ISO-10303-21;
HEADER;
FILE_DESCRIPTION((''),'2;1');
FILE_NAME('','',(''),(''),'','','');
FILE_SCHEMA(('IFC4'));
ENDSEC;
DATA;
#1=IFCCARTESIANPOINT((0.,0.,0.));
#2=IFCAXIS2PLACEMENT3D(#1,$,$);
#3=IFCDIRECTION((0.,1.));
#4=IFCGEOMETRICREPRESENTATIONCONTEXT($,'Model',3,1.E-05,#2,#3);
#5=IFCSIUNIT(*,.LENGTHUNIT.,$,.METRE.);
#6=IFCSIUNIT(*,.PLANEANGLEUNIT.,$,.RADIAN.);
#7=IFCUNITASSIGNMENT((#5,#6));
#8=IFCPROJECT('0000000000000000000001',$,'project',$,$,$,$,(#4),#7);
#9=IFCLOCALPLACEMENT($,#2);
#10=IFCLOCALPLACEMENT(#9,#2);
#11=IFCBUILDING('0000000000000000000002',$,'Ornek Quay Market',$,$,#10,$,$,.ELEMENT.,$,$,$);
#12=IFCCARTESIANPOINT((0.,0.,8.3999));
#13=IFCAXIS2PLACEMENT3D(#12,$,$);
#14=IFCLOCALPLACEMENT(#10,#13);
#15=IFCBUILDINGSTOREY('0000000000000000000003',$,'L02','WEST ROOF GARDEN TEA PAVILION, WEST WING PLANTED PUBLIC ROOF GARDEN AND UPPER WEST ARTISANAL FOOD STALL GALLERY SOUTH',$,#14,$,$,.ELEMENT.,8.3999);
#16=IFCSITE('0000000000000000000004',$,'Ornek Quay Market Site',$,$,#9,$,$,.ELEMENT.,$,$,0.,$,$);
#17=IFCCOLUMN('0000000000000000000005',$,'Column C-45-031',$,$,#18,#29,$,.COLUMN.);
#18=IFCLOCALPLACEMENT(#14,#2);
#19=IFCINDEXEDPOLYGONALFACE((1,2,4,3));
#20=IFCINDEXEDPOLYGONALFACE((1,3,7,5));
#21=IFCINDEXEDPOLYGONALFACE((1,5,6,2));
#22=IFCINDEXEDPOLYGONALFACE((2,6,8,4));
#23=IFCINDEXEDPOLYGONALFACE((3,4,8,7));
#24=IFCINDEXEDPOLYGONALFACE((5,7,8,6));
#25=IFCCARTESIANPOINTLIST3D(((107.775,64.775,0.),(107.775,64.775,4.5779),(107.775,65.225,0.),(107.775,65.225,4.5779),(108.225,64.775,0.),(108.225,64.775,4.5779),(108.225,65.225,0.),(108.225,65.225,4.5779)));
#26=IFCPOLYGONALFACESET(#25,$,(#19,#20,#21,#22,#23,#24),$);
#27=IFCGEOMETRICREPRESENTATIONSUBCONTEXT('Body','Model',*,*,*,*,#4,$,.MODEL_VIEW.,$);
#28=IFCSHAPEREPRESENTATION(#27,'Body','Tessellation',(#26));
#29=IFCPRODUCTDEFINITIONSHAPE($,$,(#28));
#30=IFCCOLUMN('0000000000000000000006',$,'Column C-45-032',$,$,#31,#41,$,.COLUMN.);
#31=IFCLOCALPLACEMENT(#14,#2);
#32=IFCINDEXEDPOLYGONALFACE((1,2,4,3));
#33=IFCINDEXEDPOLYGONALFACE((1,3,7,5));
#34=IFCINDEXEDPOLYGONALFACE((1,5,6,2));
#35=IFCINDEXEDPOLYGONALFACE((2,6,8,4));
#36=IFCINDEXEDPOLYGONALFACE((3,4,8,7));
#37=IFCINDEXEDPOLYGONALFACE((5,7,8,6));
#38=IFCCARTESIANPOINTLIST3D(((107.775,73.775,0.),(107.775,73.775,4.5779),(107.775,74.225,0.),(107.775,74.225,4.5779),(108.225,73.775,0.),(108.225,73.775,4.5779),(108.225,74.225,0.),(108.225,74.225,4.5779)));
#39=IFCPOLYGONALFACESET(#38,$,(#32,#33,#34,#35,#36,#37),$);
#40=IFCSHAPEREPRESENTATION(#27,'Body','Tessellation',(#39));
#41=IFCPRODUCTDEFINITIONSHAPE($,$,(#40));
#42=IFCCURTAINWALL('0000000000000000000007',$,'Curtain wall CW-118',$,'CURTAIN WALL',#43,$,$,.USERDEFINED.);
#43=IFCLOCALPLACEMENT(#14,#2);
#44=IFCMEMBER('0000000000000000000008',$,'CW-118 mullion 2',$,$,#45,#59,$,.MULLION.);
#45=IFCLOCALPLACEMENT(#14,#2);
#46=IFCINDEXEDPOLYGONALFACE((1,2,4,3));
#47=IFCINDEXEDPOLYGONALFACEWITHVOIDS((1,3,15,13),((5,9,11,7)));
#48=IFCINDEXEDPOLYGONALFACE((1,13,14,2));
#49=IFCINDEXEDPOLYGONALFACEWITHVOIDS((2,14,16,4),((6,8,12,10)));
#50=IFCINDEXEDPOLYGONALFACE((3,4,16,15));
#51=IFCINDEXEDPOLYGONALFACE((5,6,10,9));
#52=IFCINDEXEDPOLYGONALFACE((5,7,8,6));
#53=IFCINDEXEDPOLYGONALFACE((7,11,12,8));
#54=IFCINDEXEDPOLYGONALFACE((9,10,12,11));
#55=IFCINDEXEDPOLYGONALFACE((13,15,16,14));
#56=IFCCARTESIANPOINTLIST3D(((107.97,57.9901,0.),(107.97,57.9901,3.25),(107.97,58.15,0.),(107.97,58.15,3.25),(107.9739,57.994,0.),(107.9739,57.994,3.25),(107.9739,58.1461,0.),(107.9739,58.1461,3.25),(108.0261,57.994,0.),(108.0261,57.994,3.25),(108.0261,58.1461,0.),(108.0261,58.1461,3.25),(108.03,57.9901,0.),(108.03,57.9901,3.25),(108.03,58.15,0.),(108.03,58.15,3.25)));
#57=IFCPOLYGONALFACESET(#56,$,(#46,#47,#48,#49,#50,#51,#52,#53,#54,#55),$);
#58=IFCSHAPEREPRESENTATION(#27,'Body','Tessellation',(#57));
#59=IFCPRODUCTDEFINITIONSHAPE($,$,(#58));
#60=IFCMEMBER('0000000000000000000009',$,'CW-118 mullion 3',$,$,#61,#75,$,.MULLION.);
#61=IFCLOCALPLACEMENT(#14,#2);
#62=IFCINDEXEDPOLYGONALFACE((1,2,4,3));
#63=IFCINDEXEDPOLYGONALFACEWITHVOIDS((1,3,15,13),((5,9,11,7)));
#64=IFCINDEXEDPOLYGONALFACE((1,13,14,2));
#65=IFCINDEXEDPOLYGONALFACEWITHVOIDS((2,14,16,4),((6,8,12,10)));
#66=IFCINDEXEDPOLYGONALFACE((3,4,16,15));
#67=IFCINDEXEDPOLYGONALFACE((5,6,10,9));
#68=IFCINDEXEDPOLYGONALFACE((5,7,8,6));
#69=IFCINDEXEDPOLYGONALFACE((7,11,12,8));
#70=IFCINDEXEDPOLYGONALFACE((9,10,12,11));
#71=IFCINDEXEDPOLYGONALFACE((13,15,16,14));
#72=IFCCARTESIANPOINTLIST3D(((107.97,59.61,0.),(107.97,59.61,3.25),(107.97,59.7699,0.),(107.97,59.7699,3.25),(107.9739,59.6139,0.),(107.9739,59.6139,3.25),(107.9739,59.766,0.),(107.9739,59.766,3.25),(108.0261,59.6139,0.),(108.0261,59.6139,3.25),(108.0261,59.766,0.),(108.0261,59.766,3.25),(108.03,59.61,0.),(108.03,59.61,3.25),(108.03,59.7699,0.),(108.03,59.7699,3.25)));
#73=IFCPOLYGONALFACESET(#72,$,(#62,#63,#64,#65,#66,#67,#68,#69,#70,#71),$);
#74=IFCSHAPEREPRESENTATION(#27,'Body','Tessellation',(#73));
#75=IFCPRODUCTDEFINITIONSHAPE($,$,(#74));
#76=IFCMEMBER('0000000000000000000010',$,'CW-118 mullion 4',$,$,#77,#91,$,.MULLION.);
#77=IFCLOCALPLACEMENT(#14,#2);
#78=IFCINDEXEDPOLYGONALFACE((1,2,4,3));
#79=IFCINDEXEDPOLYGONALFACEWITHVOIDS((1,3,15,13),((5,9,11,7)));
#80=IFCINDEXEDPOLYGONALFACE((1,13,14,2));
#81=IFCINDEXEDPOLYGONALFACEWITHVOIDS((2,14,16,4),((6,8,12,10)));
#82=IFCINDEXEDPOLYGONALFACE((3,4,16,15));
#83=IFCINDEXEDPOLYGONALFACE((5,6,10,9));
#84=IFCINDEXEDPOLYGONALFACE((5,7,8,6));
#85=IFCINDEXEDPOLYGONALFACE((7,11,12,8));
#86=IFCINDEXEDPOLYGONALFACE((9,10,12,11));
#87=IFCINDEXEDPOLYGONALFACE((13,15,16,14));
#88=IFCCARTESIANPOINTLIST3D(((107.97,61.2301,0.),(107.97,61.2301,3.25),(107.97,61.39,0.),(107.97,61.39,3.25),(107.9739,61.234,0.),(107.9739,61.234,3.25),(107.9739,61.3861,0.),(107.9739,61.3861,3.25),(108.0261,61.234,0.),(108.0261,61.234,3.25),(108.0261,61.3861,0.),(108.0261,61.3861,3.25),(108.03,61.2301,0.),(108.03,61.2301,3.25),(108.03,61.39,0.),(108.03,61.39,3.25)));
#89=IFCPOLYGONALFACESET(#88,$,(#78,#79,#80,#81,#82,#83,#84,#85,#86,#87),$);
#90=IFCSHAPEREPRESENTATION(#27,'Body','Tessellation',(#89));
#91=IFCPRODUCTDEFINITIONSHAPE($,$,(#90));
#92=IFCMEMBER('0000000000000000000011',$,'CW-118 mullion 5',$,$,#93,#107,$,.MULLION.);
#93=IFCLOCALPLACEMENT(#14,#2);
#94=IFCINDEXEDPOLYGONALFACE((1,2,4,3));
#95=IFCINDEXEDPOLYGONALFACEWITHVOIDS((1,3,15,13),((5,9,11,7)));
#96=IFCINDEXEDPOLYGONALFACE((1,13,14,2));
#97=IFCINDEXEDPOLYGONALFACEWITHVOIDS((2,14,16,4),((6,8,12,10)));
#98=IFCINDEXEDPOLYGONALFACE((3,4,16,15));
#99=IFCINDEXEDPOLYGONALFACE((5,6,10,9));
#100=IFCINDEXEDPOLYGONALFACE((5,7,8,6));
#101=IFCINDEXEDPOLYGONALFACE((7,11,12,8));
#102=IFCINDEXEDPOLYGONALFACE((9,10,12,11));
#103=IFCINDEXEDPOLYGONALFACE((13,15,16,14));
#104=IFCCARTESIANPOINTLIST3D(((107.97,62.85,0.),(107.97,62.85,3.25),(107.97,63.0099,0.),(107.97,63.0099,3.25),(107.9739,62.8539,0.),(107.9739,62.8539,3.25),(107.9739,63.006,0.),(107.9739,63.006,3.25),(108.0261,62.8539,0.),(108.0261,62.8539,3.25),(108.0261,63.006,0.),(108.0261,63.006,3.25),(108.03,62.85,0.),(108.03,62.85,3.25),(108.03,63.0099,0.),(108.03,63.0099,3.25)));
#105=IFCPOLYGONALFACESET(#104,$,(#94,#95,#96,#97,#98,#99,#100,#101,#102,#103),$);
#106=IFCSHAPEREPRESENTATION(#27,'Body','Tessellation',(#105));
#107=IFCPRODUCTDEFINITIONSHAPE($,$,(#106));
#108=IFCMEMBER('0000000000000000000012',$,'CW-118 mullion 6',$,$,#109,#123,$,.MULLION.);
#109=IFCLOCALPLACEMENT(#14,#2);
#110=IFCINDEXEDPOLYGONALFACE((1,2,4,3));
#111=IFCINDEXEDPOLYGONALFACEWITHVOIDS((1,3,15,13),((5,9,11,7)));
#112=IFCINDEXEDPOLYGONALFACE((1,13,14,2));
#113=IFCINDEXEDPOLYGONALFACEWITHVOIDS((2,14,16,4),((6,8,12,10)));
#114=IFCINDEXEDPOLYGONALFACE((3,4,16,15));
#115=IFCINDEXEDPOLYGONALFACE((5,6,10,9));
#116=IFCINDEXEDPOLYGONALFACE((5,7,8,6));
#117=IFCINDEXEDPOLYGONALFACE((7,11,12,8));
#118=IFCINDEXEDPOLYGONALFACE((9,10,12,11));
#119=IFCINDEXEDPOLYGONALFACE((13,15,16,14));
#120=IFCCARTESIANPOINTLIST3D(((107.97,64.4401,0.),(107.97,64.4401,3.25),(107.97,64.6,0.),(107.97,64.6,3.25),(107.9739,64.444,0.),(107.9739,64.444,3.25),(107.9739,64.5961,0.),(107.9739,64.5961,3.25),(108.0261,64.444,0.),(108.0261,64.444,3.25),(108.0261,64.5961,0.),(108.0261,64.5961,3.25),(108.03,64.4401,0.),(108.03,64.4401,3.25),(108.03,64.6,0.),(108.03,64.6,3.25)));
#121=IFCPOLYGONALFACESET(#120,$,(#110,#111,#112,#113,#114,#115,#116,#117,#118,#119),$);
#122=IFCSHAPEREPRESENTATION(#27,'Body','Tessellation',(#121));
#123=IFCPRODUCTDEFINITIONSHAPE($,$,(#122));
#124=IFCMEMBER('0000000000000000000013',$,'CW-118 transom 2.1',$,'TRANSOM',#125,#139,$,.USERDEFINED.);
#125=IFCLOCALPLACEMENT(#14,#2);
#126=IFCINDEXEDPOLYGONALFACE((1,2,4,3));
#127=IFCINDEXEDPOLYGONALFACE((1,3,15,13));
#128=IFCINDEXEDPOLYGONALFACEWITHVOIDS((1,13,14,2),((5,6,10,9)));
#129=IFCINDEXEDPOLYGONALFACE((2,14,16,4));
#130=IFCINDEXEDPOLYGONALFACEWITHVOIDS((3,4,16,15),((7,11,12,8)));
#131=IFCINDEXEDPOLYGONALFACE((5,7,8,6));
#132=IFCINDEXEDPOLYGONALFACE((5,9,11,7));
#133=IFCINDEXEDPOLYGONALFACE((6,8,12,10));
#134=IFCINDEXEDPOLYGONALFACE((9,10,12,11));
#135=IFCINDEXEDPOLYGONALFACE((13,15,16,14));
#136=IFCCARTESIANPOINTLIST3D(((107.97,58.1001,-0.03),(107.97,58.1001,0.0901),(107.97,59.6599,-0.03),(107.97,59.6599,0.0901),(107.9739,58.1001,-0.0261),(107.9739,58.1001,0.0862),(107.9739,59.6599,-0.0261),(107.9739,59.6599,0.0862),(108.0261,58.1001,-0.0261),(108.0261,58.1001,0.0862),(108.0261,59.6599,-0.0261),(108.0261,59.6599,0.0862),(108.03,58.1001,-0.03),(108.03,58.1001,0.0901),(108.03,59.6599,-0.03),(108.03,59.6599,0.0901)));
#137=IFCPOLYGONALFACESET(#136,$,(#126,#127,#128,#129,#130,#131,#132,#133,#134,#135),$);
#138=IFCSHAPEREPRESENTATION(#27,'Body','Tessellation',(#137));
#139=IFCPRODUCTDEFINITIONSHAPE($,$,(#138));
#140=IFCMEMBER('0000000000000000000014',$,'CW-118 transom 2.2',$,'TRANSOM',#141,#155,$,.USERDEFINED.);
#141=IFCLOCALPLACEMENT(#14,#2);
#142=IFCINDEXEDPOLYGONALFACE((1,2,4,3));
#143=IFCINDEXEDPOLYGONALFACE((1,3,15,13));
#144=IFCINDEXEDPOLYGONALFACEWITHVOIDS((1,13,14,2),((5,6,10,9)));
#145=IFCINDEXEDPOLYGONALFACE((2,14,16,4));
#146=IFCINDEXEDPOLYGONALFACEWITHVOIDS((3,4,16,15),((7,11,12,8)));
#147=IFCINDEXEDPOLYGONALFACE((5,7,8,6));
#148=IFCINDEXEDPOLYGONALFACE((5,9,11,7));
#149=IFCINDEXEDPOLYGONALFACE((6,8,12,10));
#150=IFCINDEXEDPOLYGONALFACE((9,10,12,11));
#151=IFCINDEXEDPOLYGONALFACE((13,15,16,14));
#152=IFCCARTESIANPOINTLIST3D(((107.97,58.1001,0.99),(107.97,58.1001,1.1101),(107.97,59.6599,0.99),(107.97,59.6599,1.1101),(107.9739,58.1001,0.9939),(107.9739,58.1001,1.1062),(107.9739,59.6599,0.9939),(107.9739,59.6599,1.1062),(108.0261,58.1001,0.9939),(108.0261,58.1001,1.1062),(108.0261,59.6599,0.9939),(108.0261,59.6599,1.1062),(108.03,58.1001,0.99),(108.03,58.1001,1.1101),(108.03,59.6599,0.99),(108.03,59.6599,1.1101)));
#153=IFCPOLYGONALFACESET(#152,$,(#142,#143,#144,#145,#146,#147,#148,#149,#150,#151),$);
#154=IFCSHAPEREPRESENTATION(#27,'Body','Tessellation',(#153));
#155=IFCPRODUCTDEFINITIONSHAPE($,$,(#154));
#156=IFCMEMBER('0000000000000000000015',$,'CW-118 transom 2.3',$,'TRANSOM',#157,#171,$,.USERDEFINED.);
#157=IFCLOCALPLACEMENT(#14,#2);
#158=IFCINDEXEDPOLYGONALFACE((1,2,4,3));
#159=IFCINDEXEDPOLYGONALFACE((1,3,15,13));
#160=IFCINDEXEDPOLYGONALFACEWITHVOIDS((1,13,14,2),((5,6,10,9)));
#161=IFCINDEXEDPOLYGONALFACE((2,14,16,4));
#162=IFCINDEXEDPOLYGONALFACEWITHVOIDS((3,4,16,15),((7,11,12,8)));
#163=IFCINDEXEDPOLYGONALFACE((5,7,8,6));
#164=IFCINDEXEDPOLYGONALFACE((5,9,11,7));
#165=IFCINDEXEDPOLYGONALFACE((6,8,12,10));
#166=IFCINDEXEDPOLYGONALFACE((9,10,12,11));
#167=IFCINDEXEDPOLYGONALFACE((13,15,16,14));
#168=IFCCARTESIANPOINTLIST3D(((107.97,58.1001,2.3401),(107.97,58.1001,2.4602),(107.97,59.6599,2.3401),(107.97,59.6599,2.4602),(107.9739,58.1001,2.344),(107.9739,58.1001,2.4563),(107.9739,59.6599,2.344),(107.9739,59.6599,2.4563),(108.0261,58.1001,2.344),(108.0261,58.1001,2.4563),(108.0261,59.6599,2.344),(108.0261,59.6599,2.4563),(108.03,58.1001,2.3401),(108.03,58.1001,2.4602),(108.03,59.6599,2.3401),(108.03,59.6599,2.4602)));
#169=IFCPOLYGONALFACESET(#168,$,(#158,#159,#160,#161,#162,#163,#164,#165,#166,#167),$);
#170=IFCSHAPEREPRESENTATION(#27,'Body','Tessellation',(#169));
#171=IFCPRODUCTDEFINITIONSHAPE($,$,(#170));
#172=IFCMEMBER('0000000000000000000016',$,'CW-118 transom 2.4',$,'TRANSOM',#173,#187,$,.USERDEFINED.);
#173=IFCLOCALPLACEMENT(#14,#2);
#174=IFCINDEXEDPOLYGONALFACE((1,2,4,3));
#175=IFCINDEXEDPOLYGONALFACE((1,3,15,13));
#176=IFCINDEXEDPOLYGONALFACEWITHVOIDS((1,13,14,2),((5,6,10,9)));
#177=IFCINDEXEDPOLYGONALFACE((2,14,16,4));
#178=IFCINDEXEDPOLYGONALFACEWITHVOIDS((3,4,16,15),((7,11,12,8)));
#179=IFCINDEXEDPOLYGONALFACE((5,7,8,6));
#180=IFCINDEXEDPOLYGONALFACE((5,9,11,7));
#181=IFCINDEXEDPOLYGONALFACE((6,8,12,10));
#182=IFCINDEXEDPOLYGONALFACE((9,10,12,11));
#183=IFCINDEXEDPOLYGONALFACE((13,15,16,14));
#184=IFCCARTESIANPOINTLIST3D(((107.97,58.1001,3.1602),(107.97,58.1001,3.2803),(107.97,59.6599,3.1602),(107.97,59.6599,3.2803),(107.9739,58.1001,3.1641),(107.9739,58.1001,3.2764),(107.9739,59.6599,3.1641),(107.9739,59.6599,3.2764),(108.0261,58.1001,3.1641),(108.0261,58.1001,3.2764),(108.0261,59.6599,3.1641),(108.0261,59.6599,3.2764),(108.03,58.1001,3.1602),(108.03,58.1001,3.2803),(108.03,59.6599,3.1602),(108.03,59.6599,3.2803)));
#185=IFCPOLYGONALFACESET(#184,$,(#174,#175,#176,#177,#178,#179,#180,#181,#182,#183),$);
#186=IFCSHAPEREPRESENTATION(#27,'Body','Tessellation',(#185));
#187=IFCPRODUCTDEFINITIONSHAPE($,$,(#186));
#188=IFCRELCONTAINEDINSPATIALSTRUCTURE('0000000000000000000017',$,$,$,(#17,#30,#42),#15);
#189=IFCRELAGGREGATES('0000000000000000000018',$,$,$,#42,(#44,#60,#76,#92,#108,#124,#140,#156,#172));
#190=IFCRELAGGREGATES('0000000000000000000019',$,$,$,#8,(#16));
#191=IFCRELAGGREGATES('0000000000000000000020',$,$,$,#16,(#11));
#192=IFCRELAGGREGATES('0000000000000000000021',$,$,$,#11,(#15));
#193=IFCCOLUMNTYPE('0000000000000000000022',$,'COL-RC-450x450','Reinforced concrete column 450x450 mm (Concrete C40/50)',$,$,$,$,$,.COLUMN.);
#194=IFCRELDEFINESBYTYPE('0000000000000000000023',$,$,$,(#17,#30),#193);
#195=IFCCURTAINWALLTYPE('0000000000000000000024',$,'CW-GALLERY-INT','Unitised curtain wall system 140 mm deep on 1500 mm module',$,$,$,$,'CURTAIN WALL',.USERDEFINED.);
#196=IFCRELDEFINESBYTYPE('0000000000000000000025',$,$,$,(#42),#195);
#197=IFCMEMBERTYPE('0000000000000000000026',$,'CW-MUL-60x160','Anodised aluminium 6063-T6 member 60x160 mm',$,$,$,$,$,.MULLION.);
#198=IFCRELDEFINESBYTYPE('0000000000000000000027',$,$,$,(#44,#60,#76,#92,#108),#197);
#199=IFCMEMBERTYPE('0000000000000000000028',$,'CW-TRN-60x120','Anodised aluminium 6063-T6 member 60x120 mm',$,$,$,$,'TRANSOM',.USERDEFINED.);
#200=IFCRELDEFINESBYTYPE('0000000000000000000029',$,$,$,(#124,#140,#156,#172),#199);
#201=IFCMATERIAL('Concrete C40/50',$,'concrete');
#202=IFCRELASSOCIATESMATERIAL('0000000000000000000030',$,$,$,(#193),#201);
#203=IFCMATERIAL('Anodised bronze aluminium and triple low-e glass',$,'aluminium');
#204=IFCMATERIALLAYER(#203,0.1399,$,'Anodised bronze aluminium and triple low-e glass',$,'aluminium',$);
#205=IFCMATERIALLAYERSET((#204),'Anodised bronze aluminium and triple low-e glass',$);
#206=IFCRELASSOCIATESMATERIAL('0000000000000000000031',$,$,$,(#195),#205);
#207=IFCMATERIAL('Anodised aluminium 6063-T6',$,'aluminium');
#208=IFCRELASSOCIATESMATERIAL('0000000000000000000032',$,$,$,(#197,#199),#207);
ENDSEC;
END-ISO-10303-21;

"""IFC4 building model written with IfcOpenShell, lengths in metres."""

from ifc_helpers import new_model, si_unit, direction, frame, origin, origin_2d, place, context, subcontext, project, spatial, rectangle, hollow_rectangle, extrude, material, layer, layer_set, material_profile, profile_set, type_object, element, aggregate, save


model = new_model("IFC4")

# Units and contexts
model_context = context("Model", 3, precision=1e-05, world=origin(), true_north=direction((0.0, 1.0)))
body_context = subcontext(model_context, "Body", "Model", "MODEL_VIEW")
ifc_project = project(units=[si_unit("LENGTHUNIT", "METRE"), si_unit("PLANEANGLEUNIT", "RADIAN")], contexts=[model_context])

# Site, building, storey
site_placement = place(None, origin())
site = spatial("IfcSite", under=ifc_project, at=site_placement, Name="Ornek Quay Market Site", CompositionType="ELEMENT", RefElevation=0.0)
building_placement = place(site_placement, origin())
building = spatial("IfcBuilding", under=site, at=building_placement, Name="Ornek Quay Market", CompositionType="ELEMENT")
storey_placement = place(building_placement, frame((0.0, 0.0, 8.3999)))
storey = spatial("IfcBuildingStorey", under=building, at=storey_placement, Name="L02", Description="WEST ROOF GARDEN TEA PAVILION, WEST WING PLANTED PUBLIC ROOF GARDEN AND UPPER WEST ARTISANAL FOOD STALL GALLERY SOUTH", CompositionType="ELEMENT", Elevation=8.3999)

# Columns
ifc_material_1 = material(Name="Concrete C40/50", Category="concrete")
ifc_material_profile_1 = material_profile(ifc_material_1, rectangle(XDim=0.45, YDim=0.45, at=origin_2d()), Name="RC 450x450", Category="concrete")
ifc_profile_set_1 = profile_set([ifc_material_profile_1], Name="Concrete C40/50")
column_type = type_object("IfcColumnType", Name="COL-RC-450x450", Description="Reinforced concrete column 450x450 mm (Concrete C40/50)", PredefinedType="COLUMN", material=ifc_profile_set_1)
for number, where, z_axis, x_axis, name in (
    (1, (108.0, 65.0, 0.0), (0.0, 0.0, 1.0), (1.0, 0.0, 0.0), "Column C-45-031"),
    (2, (108.0, 74.0, 0.0), (0.0, 0.0, 1.0), (1.0, 0.0, 0.0), "Column C-45-032"),
):
    element("IfcColumn", number, at=place(storey_placement, frame(where, z_axis=z_axis, x_axis=x_axis)), inside=storey, type_object=column_type, Name=name, PredefinedType="COLUMN", context=body_context, shape_type="SweptSolid", body=[
        extrude(rectangle(XDim=0.45, YDim=0.45, at=origin_2d()), origin(), (0.0, 0.0, 1.0), 4.5779),
    ])

# Curtain wall, members
ifc_material_2 = material(Name="Anodised bronze aluminium and triple low-e glass", Category="aluminium")
ifc_layer_1 = layer(ifc_material_2, 0.1399, Name="Anodised bronze aluminium and triple low-e glass", Category="aluminium")
ifc_layer_set_1 = layer_set([ifc_layer_1], Name="Anodised bronze aluminium and triple low-e glass")
curtain_wall_type = type_object("IfcCurtainWallType", Name="CW-GALLERY-INT", Description="Unitised curtain wall system 140 mm deep on 1500 mm module", ElementType="CURTAIN WALL", PredefinedType="USERDEFINED", material=ifc_layer_set_1)
curtain_wall_placement = place(storey_placement, origin())
curtain_wall = element("IfcCurtainWall", 3, at=curtain_wall_placement, inside=storey, type_object=curtain_wall_type, Name="Curtain wall CW-118", ObjectType="CURTAIN WALL", PredefinedType="USERDEFINED")
ifc_material_3 = material(Name="Anodised aluminium 6063-T6", Category="aluminium")
ifc_material_profile_2 = material_profile(ifc_material_3, hollow_rectangle(XDim=0.0601, YDim=0.1599, WallThickness=0.0039, at=origin_2d()), Name="CW-MUL-60x160", Category="aluminium")
ifc_profile_set_2 = profile_set([ifc_material_profile_2], Name="Anodised aluminium 6063-T6")
member_type_1 = type_object("IfcMemberType", Name="CW-MUL-60x160", Description="Anodised aluminium 6063-T6 member 60x160 mm", PredefinedType="MULLION", material=ifc_profile_set_2)
member_1_placement = place(storey_placement, frame((108.0, 58.0701, 0.0), z_axis=(0.0, 0.0, 1.0), x_axis=(-1.0, 0.0, 0.0)))
member_1 = element("IfcMember", 4, at=member_1_placement, type_object=member_type_1, Name="CW-118 mullion 2", PredefinedType="MULLION", context=body_context, shape_type="SweptSolid", body=[
    extrude(hollow_rectangle(XDim=0.0601, YDim=0.1599, WallThickness=0.0039, at=origin_2d()), origin(), (0.0, 0.0, 1.0), 3.25),
])
member_2_placement = place(storey_placement, frame((108.0, 59.6899, 0.0), z_axis=(0.0, 0.0, 1.0), x_axis=(-1.0, 0.0, 0.0)))
member_2 = element("IfcMember", 5, at=member_2_placement, type_object=member_type_1, Name="CW-118 mullion 3", PredefinedType="MULLION", context=body_context, shape_type="SweptSolid", body=[
    extrude(hollow_rectangle(XDim=0.0601, YDim=0.1599, WallThickness=0.0039, at=origin_2d()), origin(), (0.0, 0.0, 1.0), 3.25),
])
member_3_placement = place(storey_placement, frame((108.0, 61.3101, 0.0), z_axis=(0.0, 0.0, 1.0), x_axis=(-1.0, 0.0, 0.0)))
member_3 = element("IfcMember", 6, at=member_3_placement, type_object=member_type_1, Name="CW-118 mullion 4", PredefinedType="MULLION", context=body_context, shape_type="SweptSolid", body=[
    extrude(hollow_rectangle(XDim=0.0601, YDim=0.1599, WallThickness=0.0039, at=origin_2d()), origin(), (0.0, 0.0, 1.0), 3.25),
])
member_4_placement = place(storey_placement, frame((108.0, 62.9299, 0.0), z_axis=(0.0, 0.0, 1.0), x_axis=(-1.0, 0.0, 0.0)))
member_4 = element("IfcMember", 7, at=member_4_placement, type_object=member_type_1, Name="CW-118 mullion 5", PredefinedType="MULLION", context=body_context, shape_type="SweptSolid", body=[
    extrude(hollow_rectangle(XDim=0.0601, YDim=0.1599, WallThickness=0.0039, at=origin_2d()), origin(), (0.0, 0.0, 1.0), 3.25),
])
member_5_placement = place(storey_placement, frame((108.0, 64.52, 0.0), z_axis=(0.0, 0.0, 1.0), x_axis=(-1.0, 0.0, 0.0)))
member_5 = element("IfcMember", 8, at=member_5_placement, type_object=member_type_1, Name="CW-118 mullion 6", PredefinedType="MULLION", context=body_context, shape_type="SweptSolid", body=[
    extrude(hollow_rectangle(XDim=0.0601, YDim=0.1599, WallThickness=0.0039, at=origin_2d()), origin(), (0.0, 0.0, 1.0), 3.25),
])
ifc_material_profile_3 = material_profile(ifc_material_3, hollow_rectangle(XDim=0.0601, YDim=0.1201, WallThickness=0.0039, at=origin_2d()), Name="CW-TRN-60x120", Category="aluminium")
ifc_profile_set_3 = profile_set([ifc_material_profile_3], Name="Anodised aluminium 6063-T6")
member_type_2 = type_object("IfcMemberType", Name="CW-TRN-60x120", Description="Anodised aluminium 6063-T6 member 60x120 mm", ElementType="TRANSOM", PredefinedType="USERDEFINED", material=ifc_profile_set_3)
member_6_placement = place(storey_placement, frame((108.0, 58.1001, 0.03), z_axis=(0.0, 1.0, 0.0), x_axis=(-1.0, 0.0, 0.0)))
member_6 = element("IfcMember", 9, at=member_6_placement, type_object=member_type_2, Name="CW-118 transom 2.1", ObjectType="TRANSOM", PredefinedType="USERDEFINED", context=body_context, shape_type="SweptSolid", body=[
    extrude(hollow_rectangle(XDim=0.0601, YDim=0.1201, WallThickness=0.0039, at=origin_2d()), origin(), (0.0, 0.0, 1.0), 1.5598),
])
member_7_placement = place(storey_placement, frame((108.0, 58.1001, 1.05), z_axis=(0.0, 1.0, 0.0), x_axis=(-1.0, 0.0, 0.0)))
member_7 = element("IfcMember", 10, at=member_7_placement, type_object=member_type_2, Name="CW-118 transom 2.2", ObjectType="TRANSOM", PredefinedType="USERDEFINED", context=body_context, shape_type="SweptSolid", body=[
    extrude(hollow_rectangle(XDim=0.0601, YDim=0.1201, WallThickness=0.0039, at=origin_2d()), origin(), (0.0, 0.0, 1.0), 1.5598),
])
member_8_placement = place(storey_placement, frame((108.0, 58.1001, 2.4001), z_axis=(0.0, 1.0, 0.0), x_axis=(-1.0, 0.0, 0.0)))
member_8 = element("IfcMember", 11, at=member_8_placement, type_object=member_type_2, Name="CW-118 transom 2.3", ObjectType="TRANSOM", PredefinedType="USERDEFINED", context=body_context, shape_type="SweptSolid", body=[
    extrude(hollow_rectangle(XDim=0.0601, YDim=0.1201, WallThickness=0.0039, at=origin_2d()), origin(), (0.0, 0.0, 1.0), 1.5598),
])
member_9_placement = place(storey_placement, frame((108.0, 58.1001, 3.2202), z_axis=(0.0, 1.0, 0.0), x_axis=(-1.0, 0.0, 0.0)))
member_9 = element("IfcMember", 12, at=member_9_placement, type_object=member_type_2, Name="CW-118 transom 2.4", ObjectType="TRANSOM", PredefinedType="USERDEFINED", context=body_context, shape_type="SweptSolid", body=[
    extrude(hollow_rectangle(XDim=0.0601, YDim=0.1201, WallThickness=0.0039, at=origin_2d()), origin(), (0.0, 0.0, 1.0), 1.5598),
])
aggregate(curtain_wall, [member_1, member_2, member_3, member_4, member_5, member_6, member_7, member_8, member_9])

save(model, "model.ifc")
